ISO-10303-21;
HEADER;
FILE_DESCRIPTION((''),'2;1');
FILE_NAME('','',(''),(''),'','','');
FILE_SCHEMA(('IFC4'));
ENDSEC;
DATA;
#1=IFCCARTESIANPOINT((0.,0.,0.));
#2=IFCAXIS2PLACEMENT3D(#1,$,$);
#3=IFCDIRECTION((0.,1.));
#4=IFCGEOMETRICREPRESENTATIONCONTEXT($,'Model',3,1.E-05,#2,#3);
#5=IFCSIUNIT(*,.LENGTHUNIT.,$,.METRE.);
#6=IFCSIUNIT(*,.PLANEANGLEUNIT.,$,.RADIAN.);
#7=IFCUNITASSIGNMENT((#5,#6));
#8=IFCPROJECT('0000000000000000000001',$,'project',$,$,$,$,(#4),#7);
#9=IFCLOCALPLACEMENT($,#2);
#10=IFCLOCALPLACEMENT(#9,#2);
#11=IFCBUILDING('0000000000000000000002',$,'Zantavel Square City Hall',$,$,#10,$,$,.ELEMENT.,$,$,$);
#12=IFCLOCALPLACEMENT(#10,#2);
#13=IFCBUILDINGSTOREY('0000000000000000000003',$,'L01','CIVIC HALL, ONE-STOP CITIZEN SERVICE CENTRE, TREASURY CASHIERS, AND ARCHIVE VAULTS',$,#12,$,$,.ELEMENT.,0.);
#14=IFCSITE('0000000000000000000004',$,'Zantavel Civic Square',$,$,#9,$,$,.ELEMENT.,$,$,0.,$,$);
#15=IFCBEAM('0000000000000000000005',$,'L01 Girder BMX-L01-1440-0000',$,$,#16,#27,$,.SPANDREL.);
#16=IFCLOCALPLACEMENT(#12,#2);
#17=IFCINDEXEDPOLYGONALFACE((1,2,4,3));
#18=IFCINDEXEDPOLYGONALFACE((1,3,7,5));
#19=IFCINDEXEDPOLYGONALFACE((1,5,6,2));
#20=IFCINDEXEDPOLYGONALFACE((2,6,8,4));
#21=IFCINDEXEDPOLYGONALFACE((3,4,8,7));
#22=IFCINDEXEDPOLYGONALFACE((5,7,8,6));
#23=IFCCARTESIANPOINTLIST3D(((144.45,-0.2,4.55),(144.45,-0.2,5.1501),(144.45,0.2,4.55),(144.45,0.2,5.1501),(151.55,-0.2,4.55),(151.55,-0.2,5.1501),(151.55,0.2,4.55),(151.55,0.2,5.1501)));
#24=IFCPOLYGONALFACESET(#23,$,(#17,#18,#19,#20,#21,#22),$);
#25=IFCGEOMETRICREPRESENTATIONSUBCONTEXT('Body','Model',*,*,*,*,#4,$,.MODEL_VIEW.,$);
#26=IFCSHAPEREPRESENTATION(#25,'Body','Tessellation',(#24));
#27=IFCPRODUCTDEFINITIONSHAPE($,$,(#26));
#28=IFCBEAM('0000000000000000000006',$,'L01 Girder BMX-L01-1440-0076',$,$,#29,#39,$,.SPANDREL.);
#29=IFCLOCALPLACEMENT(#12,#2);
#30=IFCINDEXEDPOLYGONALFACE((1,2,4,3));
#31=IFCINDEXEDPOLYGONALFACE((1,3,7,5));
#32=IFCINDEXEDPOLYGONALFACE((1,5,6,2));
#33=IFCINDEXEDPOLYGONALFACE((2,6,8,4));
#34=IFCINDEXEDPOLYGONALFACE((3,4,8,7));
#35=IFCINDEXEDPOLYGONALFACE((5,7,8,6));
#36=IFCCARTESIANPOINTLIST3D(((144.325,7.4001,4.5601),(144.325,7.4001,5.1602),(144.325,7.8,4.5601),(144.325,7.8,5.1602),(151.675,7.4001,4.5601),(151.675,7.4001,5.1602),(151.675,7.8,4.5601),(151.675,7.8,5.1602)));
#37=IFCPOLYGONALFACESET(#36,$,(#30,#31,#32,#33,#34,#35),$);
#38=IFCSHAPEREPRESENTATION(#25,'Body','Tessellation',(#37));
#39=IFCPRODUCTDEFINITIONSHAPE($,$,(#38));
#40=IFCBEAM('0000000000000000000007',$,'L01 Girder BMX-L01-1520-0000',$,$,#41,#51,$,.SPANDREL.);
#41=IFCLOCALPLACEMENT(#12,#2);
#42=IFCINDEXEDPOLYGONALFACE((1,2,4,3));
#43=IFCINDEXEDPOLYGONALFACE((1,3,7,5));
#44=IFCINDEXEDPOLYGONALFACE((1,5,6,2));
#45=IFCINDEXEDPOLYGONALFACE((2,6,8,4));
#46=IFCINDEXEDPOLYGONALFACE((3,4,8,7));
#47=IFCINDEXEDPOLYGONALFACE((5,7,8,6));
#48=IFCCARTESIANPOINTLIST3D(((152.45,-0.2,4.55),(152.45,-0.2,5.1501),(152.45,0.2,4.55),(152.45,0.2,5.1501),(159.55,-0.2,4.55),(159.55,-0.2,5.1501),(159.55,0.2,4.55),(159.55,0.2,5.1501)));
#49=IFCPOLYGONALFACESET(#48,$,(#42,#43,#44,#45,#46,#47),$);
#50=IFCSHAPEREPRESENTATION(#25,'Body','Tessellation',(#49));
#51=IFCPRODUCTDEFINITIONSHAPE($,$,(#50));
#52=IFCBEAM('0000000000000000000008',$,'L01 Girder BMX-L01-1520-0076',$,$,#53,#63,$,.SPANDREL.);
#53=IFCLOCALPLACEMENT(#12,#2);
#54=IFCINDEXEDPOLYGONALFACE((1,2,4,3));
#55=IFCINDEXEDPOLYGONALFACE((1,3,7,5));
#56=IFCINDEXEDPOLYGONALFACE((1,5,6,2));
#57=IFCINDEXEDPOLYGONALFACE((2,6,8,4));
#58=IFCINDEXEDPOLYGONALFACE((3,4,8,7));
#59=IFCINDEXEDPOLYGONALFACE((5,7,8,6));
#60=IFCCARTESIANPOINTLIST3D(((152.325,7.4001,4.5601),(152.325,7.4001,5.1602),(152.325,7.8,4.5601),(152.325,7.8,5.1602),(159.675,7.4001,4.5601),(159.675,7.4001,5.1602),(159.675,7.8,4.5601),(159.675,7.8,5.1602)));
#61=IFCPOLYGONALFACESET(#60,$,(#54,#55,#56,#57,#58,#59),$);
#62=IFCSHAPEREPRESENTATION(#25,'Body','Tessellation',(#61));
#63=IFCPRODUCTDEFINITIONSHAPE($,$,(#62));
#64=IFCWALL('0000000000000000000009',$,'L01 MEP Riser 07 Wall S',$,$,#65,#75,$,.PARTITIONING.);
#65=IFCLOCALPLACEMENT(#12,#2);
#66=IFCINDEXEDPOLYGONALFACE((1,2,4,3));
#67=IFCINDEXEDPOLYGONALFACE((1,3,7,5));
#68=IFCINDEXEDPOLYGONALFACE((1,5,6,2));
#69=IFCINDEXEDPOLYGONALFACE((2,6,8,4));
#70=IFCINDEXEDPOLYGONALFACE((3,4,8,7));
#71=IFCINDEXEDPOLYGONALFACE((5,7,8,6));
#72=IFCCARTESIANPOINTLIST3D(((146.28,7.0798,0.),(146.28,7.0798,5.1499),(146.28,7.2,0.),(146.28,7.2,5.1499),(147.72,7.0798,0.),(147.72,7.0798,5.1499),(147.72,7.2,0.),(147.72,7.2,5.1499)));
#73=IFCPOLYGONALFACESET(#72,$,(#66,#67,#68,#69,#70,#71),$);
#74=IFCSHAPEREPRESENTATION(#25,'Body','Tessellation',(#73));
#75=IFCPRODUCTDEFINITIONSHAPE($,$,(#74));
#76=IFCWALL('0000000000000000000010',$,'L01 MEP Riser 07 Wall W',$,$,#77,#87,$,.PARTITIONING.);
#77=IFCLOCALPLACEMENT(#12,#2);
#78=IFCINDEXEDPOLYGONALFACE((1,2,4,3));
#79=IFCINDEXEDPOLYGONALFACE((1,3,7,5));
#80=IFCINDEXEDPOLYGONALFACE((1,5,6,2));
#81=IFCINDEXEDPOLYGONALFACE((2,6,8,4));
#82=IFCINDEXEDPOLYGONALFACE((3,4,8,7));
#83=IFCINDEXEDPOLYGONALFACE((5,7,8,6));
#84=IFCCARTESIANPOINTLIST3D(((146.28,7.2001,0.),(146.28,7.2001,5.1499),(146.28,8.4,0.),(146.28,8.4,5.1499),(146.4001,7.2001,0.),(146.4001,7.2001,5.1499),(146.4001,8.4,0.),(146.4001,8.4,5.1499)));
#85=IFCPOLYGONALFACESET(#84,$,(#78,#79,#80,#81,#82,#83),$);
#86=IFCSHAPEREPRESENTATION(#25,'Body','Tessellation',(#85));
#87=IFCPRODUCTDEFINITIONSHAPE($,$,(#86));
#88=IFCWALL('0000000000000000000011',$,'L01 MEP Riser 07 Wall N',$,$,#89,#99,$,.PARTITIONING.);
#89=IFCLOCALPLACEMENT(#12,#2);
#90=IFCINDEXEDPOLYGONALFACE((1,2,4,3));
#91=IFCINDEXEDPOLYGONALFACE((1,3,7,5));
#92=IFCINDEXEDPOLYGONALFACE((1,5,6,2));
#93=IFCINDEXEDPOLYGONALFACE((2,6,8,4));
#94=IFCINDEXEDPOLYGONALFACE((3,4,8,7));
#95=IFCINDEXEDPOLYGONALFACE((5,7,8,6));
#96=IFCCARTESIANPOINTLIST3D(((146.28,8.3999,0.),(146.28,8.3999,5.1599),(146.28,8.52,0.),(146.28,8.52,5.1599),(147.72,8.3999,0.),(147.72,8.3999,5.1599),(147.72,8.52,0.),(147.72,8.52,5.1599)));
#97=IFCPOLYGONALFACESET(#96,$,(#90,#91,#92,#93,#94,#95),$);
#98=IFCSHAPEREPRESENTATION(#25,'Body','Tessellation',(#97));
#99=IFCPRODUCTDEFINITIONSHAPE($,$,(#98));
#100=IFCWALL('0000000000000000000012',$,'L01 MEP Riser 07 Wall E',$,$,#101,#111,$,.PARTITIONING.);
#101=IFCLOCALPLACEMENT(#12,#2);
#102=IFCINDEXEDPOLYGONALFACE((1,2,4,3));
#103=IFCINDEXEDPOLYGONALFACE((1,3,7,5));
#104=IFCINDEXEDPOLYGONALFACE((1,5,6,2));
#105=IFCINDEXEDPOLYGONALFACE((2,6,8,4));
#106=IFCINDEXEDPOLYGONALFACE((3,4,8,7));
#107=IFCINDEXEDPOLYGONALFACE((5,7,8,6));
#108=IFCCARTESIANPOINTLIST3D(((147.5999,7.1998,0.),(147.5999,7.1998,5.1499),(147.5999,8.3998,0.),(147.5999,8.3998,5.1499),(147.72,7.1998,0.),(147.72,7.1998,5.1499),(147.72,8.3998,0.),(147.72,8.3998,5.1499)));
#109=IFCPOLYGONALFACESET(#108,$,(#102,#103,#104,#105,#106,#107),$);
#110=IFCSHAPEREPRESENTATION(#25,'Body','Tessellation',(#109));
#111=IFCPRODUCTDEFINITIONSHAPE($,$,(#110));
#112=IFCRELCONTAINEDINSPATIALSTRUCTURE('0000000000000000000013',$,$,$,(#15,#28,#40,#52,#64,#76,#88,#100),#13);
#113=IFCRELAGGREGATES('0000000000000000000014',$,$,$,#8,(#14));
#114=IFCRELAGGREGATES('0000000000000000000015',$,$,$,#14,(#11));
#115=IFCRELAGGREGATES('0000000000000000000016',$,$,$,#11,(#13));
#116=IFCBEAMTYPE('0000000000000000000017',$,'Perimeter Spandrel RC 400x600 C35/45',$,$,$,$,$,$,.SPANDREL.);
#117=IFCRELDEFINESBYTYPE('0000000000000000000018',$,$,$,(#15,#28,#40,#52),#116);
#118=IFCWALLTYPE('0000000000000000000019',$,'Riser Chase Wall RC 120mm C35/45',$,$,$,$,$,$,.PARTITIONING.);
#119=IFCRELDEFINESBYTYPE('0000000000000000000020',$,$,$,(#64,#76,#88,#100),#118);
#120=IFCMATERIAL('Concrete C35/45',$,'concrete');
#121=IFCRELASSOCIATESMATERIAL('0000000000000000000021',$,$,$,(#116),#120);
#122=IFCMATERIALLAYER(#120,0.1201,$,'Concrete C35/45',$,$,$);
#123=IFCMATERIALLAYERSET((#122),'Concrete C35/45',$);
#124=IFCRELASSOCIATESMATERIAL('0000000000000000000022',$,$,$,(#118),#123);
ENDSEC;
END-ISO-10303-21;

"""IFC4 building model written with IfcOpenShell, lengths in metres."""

from ifc_helpers import new_model, si_unit, direction, frame, frame_2d, origin, origin_2d, place, context, subcontext, project, spatial, rectangle, extrude, material, layer, layer_set, material_profile, profile_set, type_object, element, save


model = new_model("IFC4")

# Units and contexts
model_context = context("Model", 3, precision=1e-05, world=origin(), true_north=direction((0.0, 1.0)))
body_context = subcontext(model_context, "Body", "Model", "MODEL_VIEW")
ifc_project = project(units=[si_unit("LENGTHUNIT", "METRE"), si_unit("PLANEANGLEUNIT", "RADIAN")], contexts=[model_context])

# Site, building, storey
site_placement = place(None, origin())
site = spatial("IfcSite", under=ifc_project, at=site_placement, Name="Zantavel Civic Square", CompositionType="ELEMENT", RefElevation=0.0)
building_placement = place(site_placement, origin())
building = spatial("IfcBuilding", under=site, at=building_placement, Name="Zantavel Square City Hall", CompositionType="ELEMENT")
storey_placement = place(building_placement, origin())
storey = spatial("IfcBuildingStorey", under=building, at=storey_placement, Name="L01", Description="CIVIC HALL, ONE-STOP CITIZEN SERVICE CENTRE, TREASURY CASHIERS, AND ARCHIVE VAULTS", CompositionType="ELEMENT", Elevation=0.0)

# Beams
ifc_material_1 = material(Name="Concrete C35/45", Category="concrete")
ifc_material_profile_1 = material_profile(ifc_material_1, rectangle(XDim=0.3999, YDim=0.6001, at=origin_2d()), Name="RC 400x600")
ifc_profile_set_1 = profile_set([ifc_material_profile_1], Name="Concrete C35/45")
beam_type_1 = type_object("IfcBeamType", Name="Perimeter Spandrel RC 400x600 C35/45", PredefinedType="SPANDREL", material=ifc_profile_set_1)
beam_1_placement = place(storey_placement, frame((144.45, 0.0, 4.8501), z_axis=(1.0, 0.0, 0.0), x_axis=(0.0, 1.0, 0.0)))
element("IfcBeam", 1, at=beam_1_placement, inside=storey, type_object=beam_type_1, Name="L01 Girder BMX-L01-1440-0000", PredefinedType="SPANDREL", context=body_context, shape_type="SweptSolid", body=[
    extrude(rectangle(XDim=0.3999, YDim=0.6001, at=origin_2d()), origin(), (0.0, 0.0, 1.0), 7.1001),
])
beam_2_placement = place(storey_placement, frame((144.325, 7.6001, 4.8601), z_axis=(1.0, 0.0, 0.0), x_axis=(0.0, 1.0, 0.0)))
element("IfcBeam", 2, at=beam_2_placement, inside=storey, type_object=beam_type_1, Name="L01 Girder BMX-L01-1440-0076", PredefinedType="SPANDREL", context=body_context, shape_type="SweptSolid", body=[
    extrude(rectangle(XDim=0.3999, YDim=0.6001, at=origin_2d()), origin(), (0.0, 0.0, 1.0), 7.3501),
])
beam_3_placement = place(storey_placement, frame((152.45, 0.0, 4.8501), z_axis=(1.0, 0.0, 0.0), x_axis=(0.0, 1.0, 0.0)))
element("IfcBeam", 3, at=beam_3_placement, inside=storey, type_object=beam_type_1, Name="L01 Girder BMX-L01-1520-0000", PredefinedType="SPANDREL", context=body_context, shape_type="SweptSolid", body=[
    extrude(rectangle(XDim=0.3999, YDim=0.6001, at=origin_2d()), origin(), (0.0, 0.0, 1.0), 7.1001),
])
beam_4_placement = place(storey_placement, frame((152.325, 7.6001, 4.8601), z_axis=(1.0, 0.0, 0.0), x_axis=(0.0, 1.0, 0.0)))
element("IfcBeam", 4, at=beam_4_placement, inside=storey, type_object=beam_type_1, Name="L01 Girder BMX-L01-1520-0076", PredefinedType="SPANDREL", context=body_context, shape_type="SweptSolid", body=[
    extrude(rectangle(XDim=0.3999, YDim=0.6001, at=origin_2d()), origin(), (0.0, 0.0, 1.0), 7.3501),
])

# Walls
ifc_layer_1 = layer(ifc_material_1, 0.1201, Name="Concrete C35/45")
ifc_layer_set_1 = layer_set([ifc_layer_1], Name="Concrete C35/45")
wall_type_1 = type_object("IfcWallType", Name="Riser Chase Wall RC 120mm C35/45", PredefinedType="PARTITIONING", material=ifc_layer_set_1)
wall_1_placement = place(storey_placement, frame((147.72, 7.1399, 0.0), z_axis=(0.0, 0.0, 1.0), x_axis=(-1.0, 0.0, 0.0)))
element("IfcWall", 5, at=wall_1_placement, inside=storey, type_object=wall_type_1, Name="L01 MEP Riser 07 Wall S", PredefinedType="PARTITIONING", context=body_context, shape_type="SweptSolid", body=[
    extrude(rectangle(XDim=1.4399, YDim=0.1201, at=frame_2d((0.72, 0.0))), origin(), (0.0, 0.0, 1.0), 5.1499),
])
wall_2_placement = place(storey_placement, frame((146.3401, 7.2, 0.0), z_axis=(0.0, 0.0, 1.0), x_axis=(0.0, 1.0, 0.0)))
element("IfcWall", 6, at=wall_2_placement, inside=storey, type_object=wall_type_1, Name="L01 MEP Riser 07 Wall W", PredefinedType="PARTITIONING", context=body_context, shape_type="SweptSolid", body=[
    extrude(rectangle(XDim=1.2, YDim=0.1201, at=frame_2d((0.6001, 0.0))), origin(), (0.0, 0.0, 1.0), 5.1499),
])
wall_3_placement = place(storey_placement, frame((146.28, 8.46, 0.0), z_axis=(0.0, 0.0, 1.0), x_axis=(1.0, 0.0, 0.0)))
element("IfcWall", 7, at=wall_3_placement, inside=storey, type_object=wall_type_1, Name="L01 MEP Riser 07 Wall N", PredefinedType="PARTITIONING", context=body_context, shape_type="SweptSolid", body=[
    extrude(rectangle(XDim=1.4399, YDim=0.1201, at=frame_2d((0.72, 0.0))), origin(), (0.0, 0.0, 1.0), 5.1599),
])
wall_4_placement = place(storey_placement, frame((147.6599, 8.3999, 0.0), z_axis=(0.0, 0.0, 1.0), x_axis=(0.0, -1.0, 0.0)))
element("IfcWall", 8, at=wall_4_placement, inside=storey, type_object=wall_type_1, Name="L01 MEP Riser 07 Wall E", PredefinedType="PARTITIONING", context=body_context, shape_type="SweptSolid", body=[
    extrude(rectangle(XDim=1.2, YDim=0.1201, at=frame_2d((0.6001, 0.0))), origin(), (0.0, 0.0, 1.0), 5.1499),
])

save(model, "model.ifc")
